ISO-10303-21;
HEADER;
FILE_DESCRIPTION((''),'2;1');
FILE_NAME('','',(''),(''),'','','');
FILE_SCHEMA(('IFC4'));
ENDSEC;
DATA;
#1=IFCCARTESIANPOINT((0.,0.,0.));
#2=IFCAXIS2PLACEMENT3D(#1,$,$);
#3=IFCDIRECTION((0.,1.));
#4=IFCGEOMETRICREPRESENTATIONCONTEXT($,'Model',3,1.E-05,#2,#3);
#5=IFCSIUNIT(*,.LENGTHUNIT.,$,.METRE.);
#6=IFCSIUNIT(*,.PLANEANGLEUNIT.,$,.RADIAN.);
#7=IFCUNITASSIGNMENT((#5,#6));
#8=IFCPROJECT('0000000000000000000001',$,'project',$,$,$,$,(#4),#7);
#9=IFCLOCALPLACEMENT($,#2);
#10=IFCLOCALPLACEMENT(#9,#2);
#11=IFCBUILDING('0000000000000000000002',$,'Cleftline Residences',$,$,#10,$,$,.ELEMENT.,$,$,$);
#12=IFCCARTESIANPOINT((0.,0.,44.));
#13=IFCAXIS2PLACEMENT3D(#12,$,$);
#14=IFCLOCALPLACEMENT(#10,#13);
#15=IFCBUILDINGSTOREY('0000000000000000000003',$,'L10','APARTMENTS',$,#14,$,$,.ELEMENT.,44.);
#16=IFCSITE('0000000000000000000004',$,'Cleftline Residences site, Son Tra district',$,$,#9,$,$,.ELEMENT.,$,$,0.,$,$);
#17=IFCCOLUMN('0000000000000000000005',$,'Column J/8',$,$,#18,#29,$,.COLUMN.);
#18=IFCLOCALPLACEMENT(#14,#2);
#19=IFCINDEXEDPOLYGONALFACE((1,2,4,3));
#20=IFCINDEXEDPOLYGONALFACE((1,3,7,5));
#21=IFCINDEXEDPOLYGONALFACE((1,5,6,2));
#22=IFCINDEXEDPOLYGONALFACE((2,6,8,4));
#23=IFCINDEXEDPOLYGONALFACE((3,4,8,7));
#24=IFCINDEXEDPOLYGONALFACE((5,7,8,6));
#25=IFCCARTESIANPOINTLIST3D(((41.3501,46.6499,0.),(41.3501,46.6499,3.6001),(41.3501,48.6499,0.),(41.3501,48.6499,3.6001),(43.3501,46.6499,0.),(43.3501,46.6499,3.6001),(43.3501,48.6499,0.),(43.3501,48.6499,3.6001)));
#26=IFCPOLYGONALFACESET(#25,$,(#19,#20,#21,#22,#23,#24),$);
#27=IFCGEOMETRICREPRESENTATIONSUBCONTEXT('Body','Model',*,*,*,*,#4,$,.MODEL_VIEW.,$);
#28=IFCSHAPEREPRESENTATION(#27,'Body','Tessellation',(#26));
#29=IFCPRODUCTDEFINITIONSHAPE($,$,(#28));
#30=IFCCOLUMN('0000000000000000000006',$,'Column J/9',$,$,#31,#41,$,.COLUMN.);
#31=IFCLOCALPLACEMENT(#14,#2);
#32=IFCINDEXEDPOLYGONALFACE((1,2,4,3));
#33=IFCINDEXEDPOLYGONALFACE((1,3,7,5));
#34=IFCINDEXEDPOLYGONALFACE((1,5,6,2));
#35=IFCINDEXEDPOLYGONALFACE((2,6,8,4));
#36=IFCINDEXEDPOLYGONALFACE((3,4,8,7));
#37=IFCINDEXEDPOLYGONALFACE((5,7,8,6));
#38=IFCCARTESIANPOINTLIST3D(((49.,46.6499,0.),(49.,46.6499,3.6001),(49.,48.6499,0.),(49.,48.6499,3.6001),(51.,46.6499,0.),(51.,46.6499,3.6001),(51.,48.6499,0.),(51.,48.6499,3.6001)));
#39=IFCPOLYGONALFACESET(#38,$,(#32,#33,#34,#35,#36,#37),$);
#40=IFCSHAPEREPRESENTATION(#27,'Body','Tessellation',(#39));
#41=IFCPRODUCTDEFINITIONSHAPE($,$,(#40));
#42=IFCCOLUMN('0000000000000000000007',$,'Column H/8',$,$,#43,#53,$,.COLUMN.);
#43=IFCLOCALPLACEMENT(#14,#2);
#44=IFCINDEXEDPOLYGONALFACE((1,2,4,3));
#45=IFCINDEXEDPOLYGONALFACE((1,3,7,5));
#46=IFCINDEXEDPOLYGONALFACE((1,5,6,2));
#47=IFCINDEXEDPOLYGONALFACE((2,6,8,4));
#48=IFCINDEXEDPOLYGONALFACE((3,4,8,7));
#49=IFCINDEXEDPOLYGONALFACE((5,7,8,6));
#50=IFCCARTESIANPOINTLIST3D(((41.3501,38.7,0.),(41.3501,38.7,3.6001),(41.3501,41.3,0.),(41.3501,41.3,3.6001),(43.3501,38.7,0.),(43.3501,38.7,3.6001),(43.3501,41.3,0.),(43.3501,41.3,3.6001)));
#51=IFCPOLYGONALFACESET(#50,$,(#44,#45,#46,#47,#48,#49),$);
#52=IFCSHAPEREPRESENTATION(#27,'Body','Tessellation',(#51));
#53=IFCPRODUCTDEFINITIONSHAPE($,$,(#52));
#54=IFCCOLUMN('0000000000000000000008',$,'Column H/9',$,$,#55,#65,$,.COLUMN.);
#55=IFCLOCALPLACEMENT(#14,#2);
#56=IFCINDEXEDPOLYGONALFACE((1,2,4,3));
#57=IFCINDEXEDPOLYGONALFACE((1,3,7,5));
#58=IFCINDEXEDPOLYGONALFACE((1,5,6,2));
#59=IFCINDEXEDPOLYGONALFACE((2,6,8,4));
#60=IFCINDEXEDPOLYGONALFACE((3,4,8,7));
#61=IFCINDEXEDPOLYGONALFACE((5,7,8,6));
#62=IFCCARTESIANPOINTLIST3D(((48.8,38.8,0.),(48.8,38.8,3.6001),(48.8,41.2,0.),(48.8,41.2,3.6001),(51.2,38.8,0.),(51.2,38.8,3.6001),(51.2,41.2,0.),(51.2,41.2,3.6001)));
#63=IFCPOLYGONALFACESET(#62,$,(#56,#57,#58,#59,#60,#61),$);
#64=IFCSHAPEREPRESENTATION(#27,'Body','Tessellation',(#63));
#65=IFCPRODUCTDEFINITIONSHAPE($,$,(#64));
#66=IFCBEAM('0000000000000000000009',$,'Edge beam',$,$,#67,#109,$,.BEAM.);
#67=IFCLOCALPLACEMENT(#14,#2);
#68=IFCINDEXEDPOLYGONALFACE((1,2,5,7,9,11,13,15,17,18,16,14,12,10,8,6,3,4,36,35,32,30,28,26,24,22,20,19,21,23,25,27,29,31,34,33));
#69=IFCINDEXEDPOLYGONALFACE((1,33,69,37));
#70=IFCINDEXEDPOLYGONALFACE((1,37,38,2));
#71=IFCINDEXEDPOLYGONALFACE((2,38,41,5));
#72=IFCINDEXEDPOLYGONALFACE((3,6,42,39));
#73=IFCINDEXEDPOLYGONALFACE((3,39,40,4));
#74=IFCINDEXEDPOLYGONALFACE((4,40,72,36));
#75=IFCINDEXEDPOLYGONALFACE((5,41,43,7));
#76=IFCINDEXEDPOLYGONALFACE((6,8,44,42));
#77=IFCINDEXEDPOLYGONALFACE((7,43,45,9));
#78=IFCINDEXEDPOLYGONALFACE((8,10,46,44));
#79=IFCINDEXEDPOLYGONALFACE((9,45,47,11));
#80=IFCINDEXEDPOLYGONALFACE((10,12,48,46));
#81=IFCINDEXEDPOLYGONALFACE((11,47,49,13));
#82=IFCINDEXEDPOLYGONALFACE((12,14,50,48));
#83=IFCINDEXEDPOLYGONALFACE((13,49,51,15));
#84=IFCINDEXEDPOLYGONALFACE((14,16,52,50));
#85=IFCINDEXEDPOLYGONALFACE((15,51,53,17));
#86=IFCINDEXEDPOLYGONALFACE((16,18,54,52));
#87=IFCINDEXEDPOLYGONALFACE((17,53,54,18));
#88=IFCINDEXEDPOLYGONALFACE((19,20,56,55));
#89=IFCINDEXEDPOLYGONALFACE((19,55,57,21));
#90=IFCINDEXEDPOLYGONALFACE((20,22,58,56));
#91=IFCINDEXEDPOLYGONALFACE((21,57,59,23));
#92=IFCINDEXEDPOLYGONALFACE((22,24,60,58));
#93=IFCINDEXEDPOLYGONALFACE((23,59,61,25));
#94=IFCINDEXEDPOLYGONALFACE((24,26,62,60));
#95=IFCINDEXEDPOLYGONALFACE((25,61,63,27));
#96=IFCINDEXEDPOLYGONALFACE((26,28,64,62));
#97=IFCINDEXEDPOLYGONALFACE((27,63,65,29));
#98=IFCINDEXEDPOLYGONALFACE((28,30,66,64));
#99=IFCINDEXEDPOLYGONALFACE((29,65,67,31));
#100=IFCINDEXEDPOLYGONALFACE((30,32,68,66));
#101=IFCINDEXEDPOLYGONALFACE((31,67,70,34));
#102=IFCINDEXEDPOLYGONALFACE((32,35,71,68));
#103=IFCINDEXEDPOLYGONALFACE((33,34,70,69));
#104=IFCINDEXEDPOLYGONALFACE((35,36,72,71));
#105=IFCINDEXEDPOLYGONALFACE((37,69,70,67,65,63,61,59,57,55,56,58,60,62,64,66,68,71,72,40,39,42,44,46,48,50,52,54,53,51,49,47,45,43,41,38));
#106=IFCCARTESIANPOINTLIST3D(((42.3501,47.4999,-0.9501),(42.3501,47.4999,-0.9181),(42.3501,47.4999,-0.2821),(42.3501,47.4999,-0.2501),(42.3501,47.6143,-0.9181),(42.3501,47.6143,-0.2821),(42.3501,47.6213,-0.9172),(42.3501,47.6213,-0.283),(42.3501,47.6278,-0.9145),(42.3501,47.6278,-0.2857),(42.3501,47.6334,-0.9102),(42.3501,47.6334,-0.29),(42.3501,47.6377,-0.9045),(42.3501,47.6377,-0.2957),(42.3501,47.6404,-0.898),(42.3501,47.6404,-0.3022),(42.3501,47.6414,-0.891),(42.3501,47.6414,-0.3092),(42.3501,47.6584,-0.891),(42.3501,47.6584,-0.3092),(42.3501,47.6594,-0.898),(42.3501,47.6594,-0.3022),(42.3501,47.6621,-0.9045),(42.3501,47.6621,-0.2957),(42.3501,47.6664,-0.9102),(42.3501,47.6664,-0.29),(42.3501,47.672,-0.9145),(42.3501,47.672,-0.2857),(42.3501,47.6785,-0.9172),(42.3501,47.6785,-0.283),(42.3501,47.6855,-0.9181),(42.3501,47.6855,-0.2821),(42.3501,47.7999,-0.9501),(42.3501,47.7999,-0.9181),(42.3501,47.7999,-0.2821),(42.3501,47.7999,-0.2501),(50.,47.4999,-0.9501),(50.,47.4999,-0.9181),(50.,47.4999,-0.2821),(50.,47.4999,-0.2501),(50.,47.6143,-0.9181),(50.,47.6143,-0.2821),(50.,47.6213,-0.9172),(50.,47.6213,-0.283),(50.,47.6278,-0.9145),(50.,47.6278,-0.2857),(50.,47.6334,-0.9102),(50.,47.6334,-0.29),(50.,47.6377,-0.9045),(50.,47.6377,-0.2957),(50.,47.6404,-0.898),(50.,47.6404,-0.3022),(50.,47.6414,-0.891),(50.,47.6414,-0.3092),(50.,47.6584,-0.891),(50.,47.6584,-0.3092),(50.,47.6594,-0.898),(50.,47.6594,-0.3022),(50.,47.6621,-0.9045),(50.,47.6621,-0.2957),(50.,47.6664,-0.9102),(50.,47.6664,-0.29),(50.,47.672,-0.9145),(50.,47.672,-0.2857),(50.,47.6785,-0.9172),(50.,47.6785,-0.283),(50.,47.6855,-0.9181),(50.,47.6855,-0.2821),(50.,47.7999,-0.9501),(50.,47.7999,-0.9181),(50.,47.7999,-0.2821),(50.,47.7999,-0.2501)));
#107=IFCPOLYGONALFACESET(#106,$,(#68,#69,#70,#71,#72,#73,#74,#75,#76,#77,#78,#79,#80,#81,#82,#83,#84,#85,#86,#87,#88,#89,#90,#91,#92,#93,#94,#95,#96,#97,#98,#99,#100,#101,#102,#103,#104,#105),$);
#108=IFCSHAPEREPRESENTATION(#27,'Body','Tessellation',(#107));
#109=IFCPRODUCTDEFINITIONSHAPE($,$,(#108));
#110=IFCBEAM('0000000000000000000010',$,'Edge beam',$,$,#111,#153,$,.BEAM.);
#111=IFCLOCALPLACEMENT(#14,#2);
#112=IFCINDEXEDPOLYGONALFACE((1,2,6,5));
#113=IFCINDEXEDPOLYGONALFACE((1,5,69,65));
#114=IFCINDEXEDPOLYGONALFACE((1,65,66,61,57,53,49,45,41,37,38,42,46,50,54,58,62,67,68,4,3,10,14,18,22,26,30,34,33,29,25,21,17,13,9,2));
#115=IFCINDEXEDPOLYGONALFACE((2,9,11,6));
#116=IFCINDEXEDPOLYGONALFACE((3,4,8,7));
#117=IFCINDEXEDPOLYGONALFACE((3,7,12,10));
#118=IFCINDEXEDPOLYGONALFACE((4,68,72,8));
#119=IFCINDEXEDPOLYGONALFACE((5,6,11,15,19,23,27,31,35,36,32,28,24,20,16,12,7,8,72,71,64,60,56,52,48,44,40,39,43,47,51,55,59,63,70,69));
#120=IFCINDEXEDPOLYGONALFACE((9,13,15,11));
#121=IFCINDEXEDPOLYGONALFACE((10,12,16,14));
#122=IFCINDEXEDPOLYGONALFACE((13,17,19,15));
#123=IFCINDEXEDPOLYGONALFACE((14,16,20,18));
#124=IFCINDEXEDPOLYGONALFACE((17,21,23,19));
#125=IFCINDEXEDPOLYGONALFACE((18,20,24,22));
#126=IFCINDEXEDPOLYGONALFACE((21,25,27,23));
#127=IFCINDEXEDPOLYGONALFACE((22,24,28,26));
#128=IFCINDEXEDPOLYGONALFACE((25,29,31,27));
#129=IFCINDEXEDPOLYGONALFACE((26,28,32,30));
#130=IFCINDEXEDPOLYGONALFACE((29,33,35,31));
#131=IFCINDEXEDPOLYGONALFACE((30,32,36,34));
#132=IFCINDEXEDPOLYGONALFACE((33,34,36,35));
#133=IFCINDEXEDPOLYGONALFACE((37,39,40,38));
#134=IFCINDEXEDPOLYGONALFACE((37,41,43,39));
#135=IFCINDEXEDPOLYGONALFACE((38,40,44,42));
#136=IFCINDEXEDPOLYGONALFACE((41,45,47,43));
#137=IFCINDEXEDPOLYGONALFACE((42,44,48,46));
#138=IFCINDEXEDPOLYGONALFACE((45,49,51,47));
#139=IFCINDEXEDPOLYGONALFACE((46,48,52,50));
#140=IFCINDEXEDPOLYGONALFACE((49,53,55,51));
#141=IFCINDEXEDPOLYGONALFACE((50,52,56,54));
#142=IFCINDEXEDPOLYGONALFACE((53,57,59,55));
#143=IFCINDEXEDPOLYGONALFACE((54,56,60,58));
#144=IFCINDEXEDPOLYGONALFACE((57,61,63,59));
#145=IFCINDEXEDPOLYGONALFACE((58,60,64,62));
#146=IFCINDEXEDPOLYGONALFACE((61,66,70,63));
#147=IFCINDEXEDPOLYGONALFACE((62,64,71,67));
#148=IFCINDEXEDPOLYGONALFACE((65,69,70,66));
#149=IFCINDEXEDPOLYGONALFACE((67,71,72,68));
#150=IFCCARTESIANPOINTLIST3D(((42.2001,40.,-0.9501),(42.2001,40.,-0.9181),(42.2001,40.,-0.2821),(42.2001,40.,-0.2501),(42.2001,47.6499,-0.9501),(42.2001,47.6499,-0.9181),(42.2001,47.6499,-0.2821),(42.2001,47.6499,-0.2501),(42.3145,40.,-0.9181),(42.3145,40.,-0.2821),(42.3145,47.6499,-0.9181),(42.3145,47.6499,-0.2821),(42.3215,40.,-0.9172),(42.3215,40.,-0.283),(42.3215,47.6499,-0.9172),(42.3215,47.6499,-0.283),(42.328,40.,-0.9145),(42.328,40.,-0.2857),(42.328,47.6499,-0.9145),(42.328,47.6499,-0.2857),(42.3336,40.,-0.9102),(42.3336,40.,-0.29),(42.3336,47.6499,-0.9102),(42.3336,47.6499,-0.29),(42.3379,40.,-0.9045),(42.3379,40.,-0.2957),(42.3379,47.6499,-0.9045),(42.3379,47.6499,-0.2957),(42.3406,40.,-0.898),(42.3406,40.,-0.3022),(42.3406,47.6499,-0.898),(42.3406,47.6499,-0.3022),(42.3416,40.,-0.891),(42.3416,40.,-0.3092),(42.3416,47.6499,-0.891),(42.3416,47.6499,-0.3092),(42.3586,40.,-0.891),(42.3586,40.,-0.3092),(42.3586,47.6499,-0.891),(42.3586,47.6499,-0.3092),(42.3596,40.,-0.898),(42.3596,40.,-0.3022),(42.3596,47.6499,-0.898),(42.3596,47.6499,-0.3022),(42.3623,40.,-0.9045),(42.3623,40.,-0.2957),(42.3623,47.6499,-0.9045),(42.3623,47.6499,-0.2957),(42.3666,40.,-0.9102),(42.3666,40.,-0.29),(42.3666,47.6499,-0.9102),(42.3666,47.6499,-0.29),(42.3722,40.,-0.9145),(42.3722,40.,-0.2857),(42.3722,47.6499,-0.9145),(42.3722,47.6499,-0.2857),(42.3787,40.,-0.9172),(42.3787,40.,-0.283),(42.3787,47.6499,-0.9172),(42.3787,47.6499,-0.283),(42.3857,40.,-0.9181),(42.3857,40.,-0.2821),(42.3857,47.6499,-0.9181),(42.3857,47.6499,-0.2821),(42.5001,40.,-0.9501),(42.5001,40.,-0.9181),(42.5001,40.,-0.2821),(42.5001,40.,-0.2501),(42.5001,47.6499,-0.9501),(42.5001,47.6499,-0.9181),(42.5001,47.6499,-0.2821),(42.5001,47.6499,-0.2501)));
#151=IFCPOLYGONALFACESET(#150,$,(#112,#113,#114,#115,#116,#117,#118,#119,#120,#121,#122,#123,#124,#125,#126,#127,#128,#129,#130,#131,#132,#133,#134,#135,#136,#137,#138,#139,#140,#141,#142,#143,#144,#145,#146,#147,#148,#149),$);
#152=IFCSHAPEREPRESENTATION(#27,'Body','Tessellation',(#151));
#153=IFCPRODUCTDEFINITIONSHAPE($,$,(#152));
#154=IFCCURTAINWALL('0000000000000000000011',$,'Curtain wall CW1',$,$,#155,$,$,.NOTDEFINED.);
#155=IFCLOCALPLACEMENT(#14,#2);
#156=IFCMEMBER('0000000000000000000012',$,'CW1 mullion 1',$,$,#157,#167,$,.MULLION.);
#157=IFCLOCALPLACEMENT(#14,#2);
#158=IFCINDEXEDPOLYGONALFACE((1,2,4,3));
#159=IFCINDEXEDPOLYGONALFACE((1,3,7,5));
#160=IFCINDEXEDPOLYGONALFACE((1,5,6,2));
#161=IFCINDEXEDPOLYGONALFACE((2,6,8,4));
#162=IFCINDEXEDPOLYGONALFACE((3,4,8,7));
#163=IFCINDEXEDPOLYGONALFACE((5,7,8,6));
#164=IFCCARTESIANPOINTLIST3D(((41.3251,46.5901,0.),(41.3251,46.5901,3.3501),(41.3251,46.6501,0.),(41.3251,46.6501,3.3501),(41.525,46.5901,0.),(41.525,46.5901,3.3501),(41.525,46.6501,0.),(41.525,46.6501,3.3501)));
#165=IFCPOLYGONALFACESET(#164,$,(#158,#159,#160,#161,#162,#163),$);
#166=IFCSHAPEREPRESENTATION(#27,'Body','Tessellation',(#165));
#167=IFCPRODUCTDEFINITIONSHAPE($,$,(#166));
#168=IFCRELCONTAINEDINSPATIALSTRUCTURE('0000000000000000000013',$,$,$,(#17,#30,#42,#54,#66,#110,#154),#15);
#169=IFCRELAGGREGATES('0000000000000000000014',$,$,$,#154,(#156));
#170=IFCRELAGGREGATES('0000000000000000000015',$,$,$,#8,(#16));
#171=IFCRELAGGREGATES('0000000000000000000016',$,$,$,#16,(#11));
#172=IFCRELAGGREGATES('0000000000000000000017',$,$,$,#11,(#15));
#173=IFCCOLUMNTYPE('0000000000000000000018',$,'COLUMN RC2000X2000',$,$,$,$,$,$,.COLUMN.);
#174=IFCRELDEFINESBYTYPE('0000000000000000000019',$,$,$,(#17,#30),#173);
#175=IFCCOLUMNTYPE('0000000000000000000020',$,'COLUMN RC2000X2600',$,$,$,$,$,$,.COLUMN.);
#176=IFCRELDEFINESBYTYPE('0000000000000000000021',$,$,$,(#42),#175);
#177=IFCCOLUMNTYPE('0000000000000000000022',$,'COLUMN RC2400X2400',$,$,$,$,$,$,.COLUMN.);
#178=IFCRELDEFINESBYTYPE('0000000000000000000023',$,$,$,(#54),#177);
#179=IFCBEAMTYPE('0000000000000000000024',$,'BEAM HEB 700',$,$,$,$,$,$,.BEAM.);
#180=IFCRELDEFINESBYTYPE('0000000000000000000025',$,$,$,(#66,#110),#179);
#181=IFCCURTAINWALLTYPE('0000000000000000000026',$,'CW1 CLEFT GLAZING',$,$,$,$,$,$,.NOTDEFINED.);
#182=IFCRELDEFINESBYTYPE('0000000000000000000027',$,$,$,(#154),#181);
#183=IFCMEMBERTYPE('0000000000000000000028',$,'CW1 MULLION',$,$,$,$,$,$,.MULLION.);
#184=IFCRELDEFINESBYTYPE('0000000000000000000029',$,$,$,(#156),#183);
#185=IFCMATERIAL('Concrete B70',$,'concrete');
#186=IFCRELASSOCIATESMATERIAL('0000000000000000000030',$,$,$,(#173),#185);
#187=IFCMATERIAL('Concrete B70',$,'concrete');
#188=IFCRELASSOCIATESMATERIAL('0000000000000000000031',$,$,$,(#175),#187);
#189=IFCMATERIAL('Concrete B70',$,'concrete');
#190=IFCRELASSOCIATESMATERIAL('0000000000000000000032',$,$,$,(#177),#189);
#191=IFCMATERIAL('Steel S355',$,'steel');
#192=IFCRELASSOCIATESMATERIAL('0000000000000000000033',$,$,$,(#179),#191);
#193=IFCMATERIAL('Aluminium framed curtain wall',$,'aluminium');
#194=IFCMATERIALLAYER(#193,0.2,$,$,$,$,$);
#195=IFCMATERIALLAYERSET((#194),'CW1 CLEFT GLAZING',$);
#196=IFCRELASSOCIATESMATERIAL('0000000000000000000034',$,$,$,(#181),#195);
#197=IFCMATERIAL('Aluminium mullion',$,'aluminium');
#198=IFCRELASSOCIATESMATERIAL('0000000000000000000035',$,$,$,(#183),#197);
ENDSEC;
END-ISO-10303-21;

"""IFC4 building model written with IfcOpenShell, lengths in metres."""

from ifc_helpers import new_model, si_unit, direction, frame, origin, origin_2d, place, context, subcontext, project, spatial, rectangle, i_section, extrude, material, layer, layer_set, material_profile, profile_set, type_object, element, aggregate, save


model = new_model("IFC4")

# Units and contexts
model_context = context("Model", 3, precision=1e-05, world=origin(), true_north=direction((0.0, 1.0)))
body_context = subcontext(model_context, "Body", "Model", "MODEL_VIEW")
ifc_project = project(units=[si_unit("LENGTHUNIT", "METRE"), si_unit("PLANEANGLEUNIT", "RADIAN")], contexts=[model_context])

# Site, building, storey
site_placement = place(None, origin())
site = spatial("IfcSite", under=ifc_project, at=site_placement, Name="Cleftline Residences site, Son Tra district", CompositionType="ELEMENT", RefElevation=0.0)
building_placement = place(site_placement, origin())
building = spatial("IfcBuilding", under=site, at=building_placement, Name="Cleftline Residences", CompositionType="ELEMENT")
storey_placement = place(building_placement, frame((0.0, 0.0, 44.0)))
storey = spatial("IfcBuildingStorey", under=building, at=storey_placement, Name="L10", Description="APARTMENTS", CompositionType="ELEMENT", Elevation=44.0)

# Columns
ifc_material_1 = material(Name="Concrete B70", Category="concrete")
ifc_material_profile_1 = material_profile(ifc_material_1, rectangle(XDim=2.0, YDim=2.0, at=origin_2d()))
ifc_profile_set_1 = profile_set([ifc_material_profile_1], Name="Concrete B70")
column_type_1 = type_object("IfcColumnType", Name="COLUMN RC2000X2000", PredefinedType="COLUMN", material=ifc_profile_set_1)
for number, where, z_axis, x_axis, name in (
    (1, (42.3501, 47.6499, 0.0), (0.0, 0.0, 1.0), (1.0, 0.0, 0.0), "Column J/8"),
    (2, (50.0, 47.6499, 0.0), (0.0, 0.0, 1.0), (1.0, 0.0, 0.0), "Column J/9"),
):
    element("IfcColumn", number, at=place(storey_placement, frame(where, z_axis=z_axis, x_axis=x_axis)), inside=storey, type_object=column_type_1, Name=name, PredefinedType="COLUMN", context=body_context, shape_type="SweptSolid", body=[
        extrude(rectangle(XDim=2.0, YDim=2.0, at=origin_2d()), origin(), (0.0, 0.0, 1.0), 3.6001),
    ])
ifc_material_2 = material(Name="Concrete B70", Category="concrete")
ifc_material_profile_2 = material_profile(ifc_material_2, rectangle(XDim=2.0, YDim=2.6001, at=origin_2d()))
ifc_profile_set_2 = profile_set([ifc_material_profile_2], Name="Concrete B70")
column_type_2 = type_object("IfcColumnType", Name="COLUMN RC2000X2600", PredefinedType="COLUMN", material=ifc_profile_set_2)
column_1_placement = place(storey_placement, frame((42.3501, 40.0, 0.0), z_axis=(0.0, 0.0, 1.0), x_axis=(1.0, 0.0, 0.0)))
element("IfcColumn", 3, at=column_1_placement, inside=storey, type_object=column_type_2, Name="Column H/8", PredefinedType="COLUMN", context=body_context, shape_type="SweptSolid", body=[
    extrude(rectangle(XDim=2.0, YDim=2.6001, at=origin_2d()), origin(), (0.0, 0.0, 1.0), 3.6001),
])
ifc_material_3 = material(Name="Concrete B70", Category="concrete")
ifc_material_profile_3 = material_profile(ifc_material_3, rectangle(XDim=2.3999, YDim=2.3999, at=origin_2d()))
ifc_profile_set_3 = profile_set([ifc_material_profile_3], Name="Concrete B70")
column_type_3 = type_object("IfcColumnType", Name="COLUMN RC2400X2400", PredefinedType="COLUMN", material=ifc_profile_set_3)
column_2_placement = place(storey_placement, frame((50.0, 40.0, 0.0), z_axis=(0.0, 0.0, 1.0), x_axis=(1.0, 0.0, 0.0)))
element("IfcColumn", 4, at=column_2_placement, inside=storey, type_object=column_type_3, Name="Column H/9", PredefinedType="COLUMN", context=body_context, shape_type="SweptSolid", body=[
    extrude(rectangle(XDim=2.3999, YDim=2.3999, at=origin_2d()), origin(), (0.0, 0.0, 1.0), 3.6001),
])

# Beams
ifc_material_4 = material(Name="Steel S355", Category="steel")
ifc_material_profile_4 = material_profile(ifc_material_4, i_section(OverallWidth=0.3, OverallDepth=0.7, WebThickness=0.0171, FlangeThickness=0.032, FilletRadius=0.0271, at=origin_2d()))
ifc_profile_set_4 = profile_set([ifc_material_profile_4], Name="Steel S355")
beam_type = type_object("IfcBeamType", Name="BEAM HEB 700", PredefinedType="BEAM", material=ifc_profile_set_4)
for number, where, z_axis, x_axis, name in (
    (5, (50.0, 47.6499, -0.6001), (-1.0, 0.0, 0.0), (0.0, -1.0, 0.0), "Edge beam"),
    (6, (42.3501, 47.6499, -0.6001), (0.0, -1.0, 0.0), (1.0, 0.0, 0.0), "Edge beam"),
):
    element("IfcBeam", number, at=place(storey_placement, frame(where, z_axis=z_axis, x_axis=x_axis)), inside=storey, type_object=beam_type, Name=name, PredefinedType="BEAM", context=body_context, shape_type="SweptSolid", body=[
        extrude(i_section(OverallWidth=0.3, OverallDepth=0.7, WebThickness=0.0171, FlangeThickness=0.032, FilletRadius=0.0271, at=origin_2d()), origin(), (0.0, 0.0, 1.0), 7.6499),
    ])

# Curtain wall, member
ifc_material_5 = material(Name="Aluminium framed curtain wall", Category="aluminium")
ifc_layer_1 = layer(ifc_material_5, 0.2)
ifc_layer_set_1 = layer_set([ifc_layer_1], Name="CW1 CLEFT GLAZING")
curtain_wall_type = type_object("IfcCurtainWallType", Name="CW1 CLEFT GLAZING", PredefinedType="NOTDEFINED", material=ifc_layer_set_1)
curtain_wall_placement = place(storey_placement, origin())
curtain_wall = element("IfcCurtainWall", 7, at=curtain_wall_placement, inside=storey, type_object=curtain_wall_type, Name="Curtain wall CW1", PredefinedType="NOTDEFINED")
ifc_material_6 = material(Name="Aluminium mullion", Category="aluminium")
ifc_material_profile_5 = material_profile(ifc_material_6, rectangle(XDim=0.2, YDim=0.0601, at=origin_2d()))
ifc_profile_set_5 = profile_set([ifc_material_profile_5], Name="Aluminium mullion")
member_type = type_object("IfcMemberType", Name="CW1 MULLION", PredefinedType="MULLION", material=ifc_profile_set_5)
member_placement = place(storey_placement, frame((41.425, 46.6201, 0.0), z_axis=(0.0, 0.0, 1.0), x_axis=(1.0, 0.0, 0.0)))
member = element("IfcMember", 8, at=member_placement, type_object=member_type, Name="CW1 mullion 1", PredefinedType="MULLION", context=body_context, shape_type="SweptSolid", body=[
    extrude(rectangle(XDim=0.2, YDim=0.0601, at=origin_2d()), origin(), (0.0, 0.0, 1.0), 3.3501),
])
aggregate(curtain_wall, [member])

save(model, "model.ifc")
